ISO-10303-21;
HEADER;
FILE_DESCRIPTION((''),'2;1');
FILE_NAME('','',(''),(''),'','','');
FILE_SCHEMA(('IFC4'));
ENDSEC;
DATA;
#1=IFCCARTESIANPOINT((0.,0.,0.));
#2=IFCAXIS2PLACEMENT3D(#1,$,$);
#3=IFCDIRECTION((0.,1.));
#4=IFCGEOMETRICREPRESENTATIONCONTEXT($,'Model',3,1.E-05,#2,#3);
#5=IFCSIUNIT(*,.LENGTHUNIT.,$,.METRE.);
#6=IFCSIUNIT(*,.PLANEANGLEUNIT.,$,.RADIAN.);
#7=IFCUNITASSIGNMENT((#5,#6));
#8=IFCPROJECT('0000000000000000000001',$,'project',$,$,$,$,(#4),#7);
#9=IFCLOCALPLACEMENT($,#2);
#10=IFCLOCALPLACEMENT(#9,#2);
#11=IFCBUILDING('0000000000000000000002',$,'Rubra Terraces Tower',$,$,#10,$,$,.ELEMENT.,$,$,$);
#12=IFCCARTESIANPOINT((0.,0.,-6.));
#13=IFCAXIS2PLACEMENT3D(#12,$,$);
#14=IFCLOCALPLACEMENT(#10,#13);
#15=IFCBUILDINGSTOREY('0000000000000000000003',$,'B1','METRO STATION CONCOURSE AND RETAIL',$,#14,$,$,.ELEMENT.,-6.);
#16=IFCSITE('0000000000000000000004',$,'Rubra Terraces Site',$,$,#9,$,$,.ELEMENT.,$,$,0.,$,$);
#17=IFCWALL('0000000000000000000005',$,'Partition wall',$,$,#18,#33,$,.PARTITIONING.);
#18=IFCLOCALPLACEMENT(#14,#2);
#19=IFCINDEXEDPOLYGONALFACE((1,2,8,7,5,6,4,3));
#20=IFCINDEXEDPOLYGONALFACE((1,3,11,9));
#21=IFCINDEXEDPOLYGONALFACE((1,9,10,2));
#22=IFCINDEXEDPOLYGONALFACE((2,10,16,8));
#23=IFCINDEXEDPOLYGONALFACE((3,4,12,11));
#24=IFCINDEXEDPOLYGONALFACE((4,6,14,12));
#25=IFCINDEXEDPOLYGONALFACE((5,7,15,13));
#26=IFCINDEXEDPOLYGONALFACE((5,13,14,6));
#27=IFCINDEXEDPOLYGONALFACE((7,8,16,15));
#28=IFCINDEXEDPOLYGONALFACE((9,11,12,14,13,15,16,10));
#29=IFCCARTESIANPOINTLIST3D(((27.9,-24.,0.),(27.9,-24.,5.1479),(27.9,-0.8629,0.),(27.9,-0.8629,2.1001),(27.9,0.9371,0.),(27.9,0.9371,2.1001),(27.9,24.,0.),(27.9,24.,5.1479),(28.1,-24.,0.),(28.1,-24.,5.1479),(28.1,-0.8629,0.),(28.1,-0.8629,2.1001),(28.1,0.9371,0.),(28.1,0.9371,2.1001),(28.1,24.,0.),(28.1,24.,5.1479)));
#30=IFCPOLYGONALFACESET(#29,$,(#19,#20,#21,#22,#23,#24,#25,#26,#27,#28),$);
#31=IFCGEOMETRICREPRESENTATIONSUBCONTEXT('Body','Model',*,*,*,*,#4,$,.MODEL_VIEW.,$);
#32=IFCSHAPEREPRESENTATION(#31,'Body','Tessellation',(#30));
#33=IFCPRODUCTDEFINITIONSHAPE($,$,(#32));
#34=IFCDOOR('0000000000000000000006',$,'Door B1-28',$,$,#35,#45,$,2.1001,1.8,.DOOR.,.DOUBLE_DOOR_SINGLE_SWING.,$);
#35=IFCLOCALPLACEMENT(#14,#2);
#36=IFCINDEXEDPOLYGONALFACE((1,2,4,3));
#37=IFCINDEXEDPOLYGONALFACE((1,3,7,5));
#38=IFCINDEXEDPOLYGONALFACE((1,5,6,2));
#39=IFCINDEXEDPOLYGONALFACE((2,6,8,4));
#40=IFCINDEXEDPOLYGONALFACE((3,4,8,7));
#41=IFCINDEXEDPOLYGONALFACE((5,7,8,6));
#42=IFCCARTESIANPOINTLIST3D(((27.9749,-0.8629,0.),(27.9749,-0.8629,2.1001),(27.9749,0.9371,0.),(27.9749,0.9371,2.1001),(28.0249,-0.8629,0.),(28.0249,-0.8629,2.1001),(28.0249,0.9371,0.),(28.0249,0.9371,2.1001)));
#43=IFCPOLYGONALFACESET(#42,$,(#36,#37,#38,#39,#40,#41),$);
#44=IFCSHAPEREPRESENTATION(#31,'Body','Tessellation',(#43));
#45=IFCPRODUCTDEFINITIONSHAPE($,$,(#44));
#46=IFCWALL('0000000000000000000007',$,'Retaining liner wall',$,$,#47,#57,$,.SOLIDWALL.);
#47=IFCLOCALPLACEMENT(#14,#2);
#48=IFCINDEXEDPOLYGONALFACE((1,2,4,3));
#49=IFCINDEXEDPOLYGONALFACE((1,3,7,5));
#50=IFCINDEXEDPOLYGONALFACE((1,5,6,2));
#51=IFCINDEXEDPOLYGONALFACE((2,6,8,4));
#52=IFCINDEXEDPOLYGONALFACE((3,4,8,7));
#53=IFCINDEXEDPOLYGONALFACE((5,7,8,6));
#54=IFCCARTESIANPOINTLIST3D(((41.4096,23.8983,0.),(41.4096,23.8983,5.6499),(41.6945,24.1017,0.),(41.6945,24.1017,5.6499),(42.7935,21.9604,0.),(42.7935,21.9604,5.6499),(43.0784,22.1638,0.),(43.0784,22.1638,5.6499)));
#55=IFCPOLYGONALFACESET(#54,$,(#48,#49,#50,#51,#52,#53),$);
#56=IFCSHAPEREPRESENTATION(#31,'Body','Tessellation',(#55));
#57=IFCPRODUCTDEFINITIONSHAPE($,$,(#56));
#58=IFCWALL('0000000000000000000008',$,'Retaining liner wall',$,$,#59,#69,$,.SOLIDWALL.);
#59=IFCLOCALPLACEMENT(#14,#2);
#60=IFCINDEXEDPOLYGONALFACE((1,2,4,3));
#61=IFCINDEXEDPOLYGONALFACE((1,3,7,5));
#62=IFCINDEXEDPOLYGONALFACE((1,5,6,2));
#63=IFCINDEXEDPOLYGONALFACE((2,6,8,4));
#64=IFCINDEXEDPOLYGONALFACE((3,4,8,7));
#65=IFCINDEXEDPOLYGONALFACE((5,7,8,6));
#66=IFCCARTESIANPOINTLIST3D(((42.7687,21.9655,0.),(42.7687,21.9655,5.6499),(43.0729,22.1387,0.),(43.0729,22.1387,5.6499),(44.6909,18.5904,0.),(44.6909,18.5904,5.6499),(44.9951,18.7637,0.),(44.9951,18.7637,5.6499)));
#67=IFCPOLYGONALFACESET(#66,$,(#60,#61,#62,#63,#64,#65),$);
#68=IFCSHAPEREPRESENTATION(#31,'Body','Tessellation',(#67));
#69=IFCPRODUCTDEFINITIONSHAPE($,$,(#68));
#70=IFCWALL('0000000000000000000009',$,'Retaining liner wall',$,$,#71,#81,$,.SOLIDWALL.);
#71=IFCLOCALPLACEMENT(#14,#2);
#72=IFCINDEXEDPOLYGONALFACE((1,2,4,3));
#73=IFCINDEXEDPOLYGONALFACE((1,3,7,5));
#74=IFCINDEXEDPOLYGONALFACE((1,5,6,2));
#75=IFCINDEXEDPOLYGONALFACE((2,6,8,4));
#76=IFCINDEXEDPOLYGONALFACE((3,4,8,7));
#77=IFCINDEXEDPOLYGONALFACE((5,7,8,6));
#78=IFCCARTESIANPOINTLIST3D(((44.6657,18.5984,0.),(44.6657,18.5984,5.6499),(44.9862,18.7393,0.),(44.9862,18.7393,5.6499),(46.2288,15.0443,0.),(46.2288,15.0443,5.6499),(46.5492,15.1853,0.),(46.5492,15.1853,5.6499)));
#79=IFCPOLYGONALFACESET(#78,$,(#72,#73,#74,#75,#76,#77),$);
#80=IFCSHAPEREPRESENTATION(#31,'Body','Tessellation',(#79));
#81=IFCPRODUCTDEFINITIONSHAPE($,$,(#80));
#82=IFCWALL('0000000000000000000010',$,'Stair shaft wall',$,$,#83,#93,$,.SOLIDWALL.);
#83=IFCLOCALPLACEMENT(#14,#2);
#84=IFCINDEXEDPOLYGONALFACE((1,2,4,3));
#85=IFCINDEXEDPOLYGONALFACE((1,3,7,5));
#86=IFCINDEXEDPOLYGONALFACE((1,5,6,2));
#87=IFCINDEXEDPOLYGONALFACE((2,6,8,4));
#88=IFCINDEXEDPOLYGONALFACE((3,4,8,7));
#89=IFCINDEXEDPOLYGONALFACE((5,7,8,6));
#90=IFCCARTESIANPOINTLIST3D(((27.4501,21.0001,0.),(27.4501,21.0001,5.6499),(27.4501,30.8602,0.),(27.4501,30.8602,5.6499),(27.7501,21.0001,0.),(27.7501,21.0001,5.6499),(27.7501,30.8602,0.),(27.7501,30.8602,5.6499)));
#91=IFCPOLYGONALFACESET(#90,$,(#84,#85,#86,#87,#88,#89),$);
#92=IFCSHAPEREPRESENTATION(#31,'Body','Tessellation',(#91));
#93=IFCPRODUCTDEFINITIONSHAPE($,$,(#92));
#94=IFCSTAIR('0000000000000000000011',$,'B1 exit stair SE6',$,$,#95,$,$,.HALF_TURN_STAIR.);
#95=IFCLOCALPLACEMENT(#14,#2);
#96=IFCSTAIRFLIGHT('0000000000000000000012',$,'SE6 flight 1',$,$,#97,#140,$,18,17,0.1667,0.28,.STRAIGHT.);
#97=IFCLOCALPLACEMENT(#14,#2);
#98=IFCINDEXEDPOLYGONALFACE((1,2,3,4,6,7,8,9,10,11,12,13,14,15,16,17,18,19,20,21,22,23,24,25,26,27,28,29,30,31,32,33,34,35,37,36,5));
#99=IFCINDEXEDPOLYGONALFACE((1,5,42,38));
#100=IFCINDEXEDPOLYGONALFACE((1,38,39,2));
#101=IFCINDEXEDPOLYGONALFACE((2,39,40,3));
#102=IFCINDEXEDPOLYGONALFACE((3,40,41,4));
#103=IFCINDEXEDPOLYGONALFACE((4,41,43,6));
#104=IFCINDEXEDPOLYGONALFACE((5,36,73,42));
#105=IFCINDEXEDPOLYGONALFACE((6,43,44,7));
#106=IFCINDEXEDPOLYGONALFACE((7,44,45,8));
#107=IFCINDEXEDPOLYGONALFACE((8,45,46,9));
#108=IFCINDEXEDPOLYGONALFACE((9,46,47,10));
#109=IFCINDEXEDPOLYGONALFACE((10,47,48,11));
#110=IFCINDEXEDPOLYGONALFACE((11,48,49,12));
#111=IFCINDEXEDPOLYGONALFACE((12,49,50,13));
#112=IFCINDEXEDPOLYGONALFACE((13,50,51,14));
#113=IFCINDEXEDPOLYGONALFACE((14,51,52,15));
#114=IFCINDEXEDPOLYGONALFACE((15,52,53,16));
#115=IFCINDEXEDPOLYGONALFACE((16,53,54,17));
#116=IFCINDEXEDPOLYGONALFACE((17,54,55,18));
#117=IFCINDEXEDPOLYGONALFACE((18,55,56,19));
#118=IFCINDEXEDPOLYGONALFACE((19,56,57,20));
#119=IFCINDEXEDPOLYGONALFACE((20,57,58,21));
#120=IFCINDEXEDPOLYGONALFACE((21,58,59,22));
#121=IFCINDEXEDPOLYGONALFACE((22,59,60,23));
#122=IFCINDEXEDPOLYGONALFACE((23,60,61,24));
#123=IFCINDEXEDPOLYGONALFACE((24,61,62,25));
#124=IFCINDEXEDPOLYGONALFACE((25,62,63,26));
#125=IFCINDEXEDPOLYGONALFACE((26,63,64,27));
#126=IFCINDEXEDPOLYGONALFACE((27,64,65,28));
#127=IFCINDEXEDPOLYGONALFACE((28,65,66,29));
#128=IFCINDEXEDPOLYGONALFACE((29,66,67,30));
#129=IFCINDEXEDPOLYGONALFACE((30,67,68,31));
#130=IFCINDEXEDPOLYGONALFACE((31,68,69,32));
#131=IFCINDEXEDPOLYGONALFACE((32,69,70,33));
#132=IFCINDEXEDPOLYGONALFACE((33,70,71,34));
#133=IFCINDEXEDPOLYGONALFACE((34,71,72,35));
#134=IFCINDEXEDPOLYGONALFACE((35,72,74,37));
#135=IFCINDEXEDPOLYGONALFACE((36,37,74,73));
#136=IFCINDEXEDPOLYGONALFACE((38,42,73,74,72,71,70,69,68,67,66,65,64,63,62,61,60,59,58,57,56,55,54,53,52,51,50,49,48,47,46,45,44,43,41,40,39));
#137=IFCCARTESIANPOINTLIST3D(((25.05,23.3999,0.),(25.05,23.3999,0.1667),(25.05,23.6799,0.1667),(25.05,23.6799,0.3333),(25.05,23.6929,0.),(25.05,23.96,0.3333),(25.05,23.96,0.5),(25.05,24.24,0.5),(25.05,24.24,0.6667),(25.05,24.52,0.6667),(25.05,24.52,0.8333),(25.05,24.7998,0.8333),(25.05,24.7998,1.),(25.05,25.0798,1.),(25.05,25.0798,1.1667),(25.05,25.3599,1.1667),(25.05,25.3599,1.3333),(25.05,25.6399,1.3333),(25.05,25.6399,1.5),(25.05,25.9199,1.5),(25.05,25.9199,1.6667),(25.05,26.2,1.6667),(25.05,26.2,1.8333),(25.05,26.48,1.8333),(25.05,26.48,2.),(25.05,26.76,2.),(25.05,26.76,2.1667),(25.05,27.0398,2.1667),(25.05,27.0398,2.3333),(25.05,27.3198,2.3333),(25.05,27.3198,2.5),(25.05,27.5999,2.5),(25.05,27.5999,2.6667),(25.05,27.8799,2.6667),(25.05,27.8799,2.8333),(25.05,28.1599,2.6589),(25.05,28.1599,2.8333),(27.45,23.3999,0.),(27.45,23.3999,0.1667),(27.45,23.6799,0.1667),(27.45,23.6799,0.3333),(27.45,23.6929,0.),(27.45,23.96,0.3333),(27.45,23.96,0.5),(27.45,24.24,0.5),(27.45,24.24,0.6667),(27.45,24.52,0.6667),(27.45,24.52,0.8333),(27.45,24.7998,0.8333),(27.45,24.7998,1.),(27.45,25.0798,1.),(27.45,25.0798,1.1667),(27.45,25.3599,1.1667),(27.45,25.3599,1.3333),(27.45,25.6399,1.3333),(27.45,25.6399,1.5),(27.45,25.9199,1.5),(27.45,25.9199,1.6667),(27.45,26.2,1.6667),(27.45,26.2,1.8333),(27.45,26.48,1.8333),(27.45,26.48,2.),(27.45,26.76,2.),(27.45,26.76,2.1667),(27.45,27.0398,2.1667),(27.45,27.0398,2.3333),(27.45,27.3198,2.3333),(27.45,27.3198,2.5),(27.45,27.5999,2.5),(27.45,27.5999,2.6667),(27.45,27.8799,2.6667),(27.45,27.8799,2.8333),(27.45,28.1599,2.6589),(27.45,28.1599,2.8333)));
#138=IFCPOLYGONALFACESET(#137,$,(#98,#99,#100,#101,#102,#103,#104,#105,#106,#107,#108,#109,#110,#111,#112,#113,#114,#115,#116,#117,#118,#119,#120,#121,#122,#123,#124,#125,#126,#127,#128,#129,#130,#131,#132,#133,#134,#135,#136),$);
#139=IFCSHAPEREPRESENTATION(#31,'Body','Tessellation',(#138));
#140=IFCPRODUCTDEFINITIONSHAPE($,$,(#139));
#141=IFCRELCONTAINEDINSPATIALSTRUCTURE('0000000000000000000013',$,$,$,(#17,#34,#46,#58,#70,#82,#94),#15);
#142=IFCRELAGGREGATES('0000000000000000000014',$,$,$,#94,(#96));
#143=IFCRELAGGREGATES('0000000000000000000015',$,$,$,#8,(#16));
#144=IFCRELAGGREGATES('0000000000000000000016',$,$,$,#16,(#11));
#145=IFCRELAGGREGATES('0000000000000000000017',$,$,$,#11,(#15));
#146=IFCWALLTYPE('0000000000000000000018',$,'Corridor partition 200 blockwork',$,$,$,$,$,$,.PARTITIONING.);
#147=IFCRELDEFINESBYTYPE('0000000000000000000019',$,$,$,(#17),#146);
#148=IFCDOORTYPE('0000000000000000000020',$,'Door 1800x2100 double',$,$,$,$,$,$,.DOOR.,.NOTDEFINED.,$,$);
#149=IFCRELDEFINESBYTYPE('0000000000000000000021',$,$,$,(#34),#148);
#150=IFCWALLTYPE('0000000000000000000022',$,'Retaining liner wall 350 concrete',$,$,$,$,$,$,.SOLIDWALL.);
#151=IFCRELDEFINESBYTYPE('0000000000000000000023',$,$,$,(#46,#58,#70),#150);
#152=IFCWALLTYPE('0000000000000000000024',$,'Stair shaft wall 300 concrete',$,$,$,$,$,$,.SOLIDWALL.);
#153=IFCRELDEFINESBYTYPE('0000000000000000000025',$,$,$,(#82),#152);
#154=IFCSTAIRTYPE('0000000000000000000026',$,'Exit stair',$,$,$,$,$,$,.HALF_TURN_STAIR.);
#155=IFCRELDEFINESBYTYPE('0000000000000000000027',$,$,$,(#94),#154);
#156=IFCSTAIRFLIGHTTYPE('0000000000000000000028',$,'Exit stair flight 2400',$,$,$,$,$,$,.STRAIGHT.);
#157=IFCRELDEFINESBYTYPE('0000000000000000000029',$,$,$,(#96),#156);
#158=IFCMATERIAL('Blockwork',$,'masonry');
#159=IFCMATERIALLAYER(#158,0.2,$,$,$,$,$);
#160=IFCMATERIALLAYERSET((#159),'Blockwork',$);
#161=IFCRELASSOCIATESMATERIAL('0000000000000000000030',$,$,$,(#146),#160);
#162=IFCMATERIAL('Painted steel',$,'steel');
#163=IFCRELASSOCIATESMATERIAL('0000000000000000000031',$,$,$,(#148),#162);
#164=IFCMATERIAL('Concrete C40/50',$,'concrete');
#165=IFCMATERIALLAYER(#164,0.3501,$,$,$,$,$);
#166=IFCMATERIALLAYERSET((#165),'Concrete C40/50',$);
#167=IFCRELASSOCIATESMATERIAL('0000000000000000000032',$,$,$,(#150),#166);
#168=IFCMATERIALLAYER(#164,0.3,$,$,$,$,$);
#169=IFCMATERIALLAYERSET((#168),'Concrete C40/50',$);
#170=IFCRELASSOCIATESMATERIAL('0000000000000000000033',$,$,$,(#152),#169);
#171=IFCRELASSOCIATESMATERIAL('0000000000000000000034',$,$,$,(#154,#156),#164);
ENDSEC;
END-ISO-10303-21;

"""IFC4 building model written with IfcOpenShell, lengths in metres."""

from ifc_helpers import new_model, si_unit, direction, frame, frame_2d, origin, place, context, subcontext, project, spatial, polyline, rectangle, outline, extrude, material, layer, layer_set, type_object, element, fill, aggregate, save


model = new_model("IFC4")

# Units and contexts
model_context = context("Model", 3, precision=1e-05, world=origin(), true_north=direction((0.0, 1.0)))
body_context = subcontext(model_context, "Body", "Model", "MODEL_VIEW")
ifc_project = project(units=[si_unit("LENGTHUNIT", "METRE"), si_unit("PLANEANGLEUNIT", "RADIAN")], contexts=[model_context])

# Site, building, storey
site_placement = place(None, origin())
site = spatial("IfcSite", under=ifc_project, at=site_placement, Name="Rubra Terraces Site", CompositionType="ELEMENT", RefElevation=0.0)
building_placement = place(site_placement, origin())
building = spatial("IfcBuilding", under=site, at=building_placement, Name="Rubra Terraces Tower", CompositionType="ELEMENT")
storey_placement = place(building_placement, frame((0.0, 0.0, -6.0)))
storey = spatial("IfcBuildingStorey", under=building, at=storey_placement, Name="B1", Description="METRO STATION CONCOURSE AND RETAIL", CompositionType="ELEMENT", Elevation=-6.0)

# Shared definitions
ifc_material_1 = material(Name="Concrete C40/50", Category="concrete")

# Wall, opening, door
ifc_material_2 = material(Name="Blockwork", Category="masonry")
ifc_layer_1 = layer(ifc_material_2, 0.2)
ifc_layer_set_1 = layer_set([ifc_layer_1], Name="Blockwork")
wall_type_1 = type_object("IfcWallType", Name="Corridor partition 200 blockwork", PredefinedType="PARTITIONING", material=ifc_layer_set_1)
wall_1_placement = place(storey_placement, frame((28.0, 24.0, 0.0), z_axis=(0.0, 0.0, 1.0), x_axis=(0.0, -1.0, 0.0)))
wall_1 = element("IfcWall", 1, at=wall_1_placement, inside=storey, type_object=wall_type_1, Name="Partition wall", PredefinedType="PARTITIONING", context=body_context, shape_type="SweptSolid", body=[
    extrude(rectangle(XDim=48.0, YDim=0.2, at=frame_2d((24.0, 0.0))), origin(), (0.0, 0.0, 1.0), 5.1479),
])
opening_placement = place(wall_1_placement, frame((23.063, 0.0, 0.0)))
opening = element("IfcOpeningElement", 2, at=opening_placement, cuts=wall_1, PredefinedType="OPENING", context=body_context, shape_type="SweptSolid", body=[
    extrude(rectangle(XDim=1.8, YDim=2.1001, at=frame_2d((0.8999, 1.05))), frame((0.0, 0.1099, 0.0), z_axis=(0.0, -1.0, 0.0), x_axis=(1.0, 0.0, 0.0)), (0.0, 0.0, 1.0), 0.22),
])
ifc_material_3 = material(Name="Painted steel", Category="steel")
door_type = type_object("IfcDoorType", Name="Door 1800x2100 double", OperationType="NOTDEFINED", PredefinedType="DOOR", material=ifc_material_3)
door_placement = place(opening_placement, origin())
door = element("IfcDoor", 3, at=door_placement, inside=storey, type_object=door_type, Name="Door B1-28", OperationType="DOUBLE_DOOR_SINGLE_SWING", OverallHeight=2.1001, OverallWidth=1.8, PredefinedType="DOOR", context=body_context, shape_type="SweptSolid", body=[
    extrude(rectangle(XDim=1.8, YDim=2.1001, at=frame_2d((0.8999, 1.05))), frame((0.0, 0.0249, 0.0), z_axis=(0.0, -1.0, 0.0), x_axis=(1.0, 0.0, 0.0)), (0.0, 0.0, 1.0), 0.05),
])
fill(opening, door)

# Walls
ifc_layer_2 = layer(ifc_material_1, 0.3501)
ifc_layer_set_2 = layer_set([ifc_layer_2], Name="Concrete C40/50")
wall_type_2 = type_object("IfcWallType", Name="Retaining liner wall 350 concrete", PredefinedType="SOLIDWALL", material=ifc_layer_set_2)
wall_2_placement = place(storey_placement, frame((41.552, 24.0, 0.0), z_axis=(0.0, 0.0, 1.0), x_axis=(0.58117, -0.813782, 0.0)))
element("IfcWall", 4, at=wall_2_placement, inside=storey, type_object=wall_type_2, Name="Retaining liner wall", PredefinedType="SOLIDWALL", context=body_context, shape_type="SweptSolid", body=[
    extrude(rectangle(XDim=2.3813, YDim=0.3501, at=frame_2d((1.1907, 0.0))), origin(), (0.0, 0.0, 1.0), 5.6499),
])
wall_3_placement = place(storey_placement, frame((42.9209, 22.052, 0.0), z_axis=(0.0, 0.0, 1.0), x_axis=(0.494886, -0.868958, 0.0)))
element("IfcWall", 5, at=wall_3_placement, inside=storey, type_object=wall_type_2, Name="Retaining liner wall", PredefinedType="SOLIDWALL", context=body_context, shape_type="SweptSolid", body=[
    extrude(rectangle(XDim=3.884, YDim=0.3501, at=frame_2d((1.9419, 0.0))), origin(), (0.0, 0.0, 1.0), 5.6499),
])
wall_4_placement = place(storey_placement, frame((44.8259, 18.6689, 0.0), z_axis=(0.0, 0.0, 1.0), x_axis=(0.402576, -0.915386, 0.0)))
element("IfcWall", 6, at=wall_4_placement, inside=storey, type_object=wall_type_2, Name="Retaining liner wall", PredefinedType="SOLIDWALL", context=body_context, shape_type="SweptSolid", body=[
    extrude(rectangle(XDim=3.8826, YDim=0.3501, at=frame_2d((1.9414, 0.0))), origin(), (0.0, 0.0, 1.0), 5.6499),
])
ifc_layer_3 = layer(ifc_material_1, 0.3)
ifc_layer_set_3 = layer_set([ifc_layer_3], Name="Concrete C40/50")
wall_type_3 = type_object("IfcWallType", Name="Stair shaft wall 300 concrete", PredefinedType="SOLIDWALL", material=ifc_layer_set_3)
wall_5_placement = place(storey_placement, frame((27.6001, 21.0, 0.0), z_axis=(0.0, 0.0, 1.0), x_axis=(0.0, 1.0, 0.0)))
element("IfcWall", 7, at=wall_5_placement, inside=storey, type_object=wall_type_3, Name="Stair shaft wall", PredefinedType="SOLIDWALL", context=body_context, shape_type="SweptSolid", body=[
    extrude(rectangle(XDim=9.8601, YDim=0.3, at=frame_2d((4.9302, 0.0))), origin(), (0.0, 0.0, 1.0), 5.6499),
])

# Stair, stair flight
stair_type_1 = type_object("IfcStairType", Name="Exit stair", PredefinedType="HALF_TURN_STAIR", material=ifc_material_1)
stair_1_placement = place(storey_placement, origin())
stair_1 = element("IfcStair", 8, at=stair_1_placement, inside=storey, type_object=stair_type_1, Name="B1 exit stair SE6", PredefinedType="HALF_TURN_STAIR")
stair_flight_type_1 = type_object("IfcStairFlightType", Name="Exit stair flight 2400", PredefinedType="STRAIGHT", material=ifc_material_1)
stair_flight_1_placement = place(storey_placement, frame((26.25, 23.3999, 0.0), z_axis=(0.0, 0.0, 1.0), x_axis=(0.0, 1.0, 0.0)))
stair_flight_1 = element("IfcStairFlight", 9, at=stair_flight_1_placement, type_object=stair_flight_type_1, Name="SE6 flight 1", NumberOfRisers=18, NumberOfTreads=17, PredefinedType="STRAIGHT", RiserHeight=0.1667, TreadLength=0.28, context=body_context, shape_type="SweptSolid", body=[
    extrude(outline(polyline([(0.0, 0.0), (0.0, 0.1667), (0.28, 0.1667), (0.28, 0.3333), (0.5601, 0.3333), (0.5601, 0.5), (0.8401, 0.5), (0.8401, 0.6667), (1.1201, 0.6667), (1.1201, 0.8333), (1.3999, 0.8333), (1.3999, 1.0), (1.6799, 1.0), (1.6799, 1.1667), (1.96, 1.1667), (1.96, 1.3333), (2.24, 1.3333), (2.24, 1.5), (2.52, 1.5), (2.52, 1.6667), (2.8, 1.6667), (2.8, 1.8333), (3.0801, 1.8333), (3.0801, 2.0), (3.3601, 2.0), (3.3601, 2.1667), (3.6399, 2.1667), (3.6399, 2.3333), (3.9199, 2.3333), (3.9199, 2.5), (4.2, 2.5), (4.2, 2.6667), (4.48, 2.6667), (4.48, 2.8333), (4.76, 2.8333), (4.76, 3.0), (4.76, 2.6589), (0.293, 0.0), (0.0, 0.0)])), frame((0.0, 1.2, 0.0), z_axis=(0.0, -1.0, 0.0), x_axis=(1.0, 0.0, 0.0)), (0.0, 0.0, 1.0), 2.3999),
])
aggregate(stair_1, [stair_flight_1])

save(model, "model.ifc")
